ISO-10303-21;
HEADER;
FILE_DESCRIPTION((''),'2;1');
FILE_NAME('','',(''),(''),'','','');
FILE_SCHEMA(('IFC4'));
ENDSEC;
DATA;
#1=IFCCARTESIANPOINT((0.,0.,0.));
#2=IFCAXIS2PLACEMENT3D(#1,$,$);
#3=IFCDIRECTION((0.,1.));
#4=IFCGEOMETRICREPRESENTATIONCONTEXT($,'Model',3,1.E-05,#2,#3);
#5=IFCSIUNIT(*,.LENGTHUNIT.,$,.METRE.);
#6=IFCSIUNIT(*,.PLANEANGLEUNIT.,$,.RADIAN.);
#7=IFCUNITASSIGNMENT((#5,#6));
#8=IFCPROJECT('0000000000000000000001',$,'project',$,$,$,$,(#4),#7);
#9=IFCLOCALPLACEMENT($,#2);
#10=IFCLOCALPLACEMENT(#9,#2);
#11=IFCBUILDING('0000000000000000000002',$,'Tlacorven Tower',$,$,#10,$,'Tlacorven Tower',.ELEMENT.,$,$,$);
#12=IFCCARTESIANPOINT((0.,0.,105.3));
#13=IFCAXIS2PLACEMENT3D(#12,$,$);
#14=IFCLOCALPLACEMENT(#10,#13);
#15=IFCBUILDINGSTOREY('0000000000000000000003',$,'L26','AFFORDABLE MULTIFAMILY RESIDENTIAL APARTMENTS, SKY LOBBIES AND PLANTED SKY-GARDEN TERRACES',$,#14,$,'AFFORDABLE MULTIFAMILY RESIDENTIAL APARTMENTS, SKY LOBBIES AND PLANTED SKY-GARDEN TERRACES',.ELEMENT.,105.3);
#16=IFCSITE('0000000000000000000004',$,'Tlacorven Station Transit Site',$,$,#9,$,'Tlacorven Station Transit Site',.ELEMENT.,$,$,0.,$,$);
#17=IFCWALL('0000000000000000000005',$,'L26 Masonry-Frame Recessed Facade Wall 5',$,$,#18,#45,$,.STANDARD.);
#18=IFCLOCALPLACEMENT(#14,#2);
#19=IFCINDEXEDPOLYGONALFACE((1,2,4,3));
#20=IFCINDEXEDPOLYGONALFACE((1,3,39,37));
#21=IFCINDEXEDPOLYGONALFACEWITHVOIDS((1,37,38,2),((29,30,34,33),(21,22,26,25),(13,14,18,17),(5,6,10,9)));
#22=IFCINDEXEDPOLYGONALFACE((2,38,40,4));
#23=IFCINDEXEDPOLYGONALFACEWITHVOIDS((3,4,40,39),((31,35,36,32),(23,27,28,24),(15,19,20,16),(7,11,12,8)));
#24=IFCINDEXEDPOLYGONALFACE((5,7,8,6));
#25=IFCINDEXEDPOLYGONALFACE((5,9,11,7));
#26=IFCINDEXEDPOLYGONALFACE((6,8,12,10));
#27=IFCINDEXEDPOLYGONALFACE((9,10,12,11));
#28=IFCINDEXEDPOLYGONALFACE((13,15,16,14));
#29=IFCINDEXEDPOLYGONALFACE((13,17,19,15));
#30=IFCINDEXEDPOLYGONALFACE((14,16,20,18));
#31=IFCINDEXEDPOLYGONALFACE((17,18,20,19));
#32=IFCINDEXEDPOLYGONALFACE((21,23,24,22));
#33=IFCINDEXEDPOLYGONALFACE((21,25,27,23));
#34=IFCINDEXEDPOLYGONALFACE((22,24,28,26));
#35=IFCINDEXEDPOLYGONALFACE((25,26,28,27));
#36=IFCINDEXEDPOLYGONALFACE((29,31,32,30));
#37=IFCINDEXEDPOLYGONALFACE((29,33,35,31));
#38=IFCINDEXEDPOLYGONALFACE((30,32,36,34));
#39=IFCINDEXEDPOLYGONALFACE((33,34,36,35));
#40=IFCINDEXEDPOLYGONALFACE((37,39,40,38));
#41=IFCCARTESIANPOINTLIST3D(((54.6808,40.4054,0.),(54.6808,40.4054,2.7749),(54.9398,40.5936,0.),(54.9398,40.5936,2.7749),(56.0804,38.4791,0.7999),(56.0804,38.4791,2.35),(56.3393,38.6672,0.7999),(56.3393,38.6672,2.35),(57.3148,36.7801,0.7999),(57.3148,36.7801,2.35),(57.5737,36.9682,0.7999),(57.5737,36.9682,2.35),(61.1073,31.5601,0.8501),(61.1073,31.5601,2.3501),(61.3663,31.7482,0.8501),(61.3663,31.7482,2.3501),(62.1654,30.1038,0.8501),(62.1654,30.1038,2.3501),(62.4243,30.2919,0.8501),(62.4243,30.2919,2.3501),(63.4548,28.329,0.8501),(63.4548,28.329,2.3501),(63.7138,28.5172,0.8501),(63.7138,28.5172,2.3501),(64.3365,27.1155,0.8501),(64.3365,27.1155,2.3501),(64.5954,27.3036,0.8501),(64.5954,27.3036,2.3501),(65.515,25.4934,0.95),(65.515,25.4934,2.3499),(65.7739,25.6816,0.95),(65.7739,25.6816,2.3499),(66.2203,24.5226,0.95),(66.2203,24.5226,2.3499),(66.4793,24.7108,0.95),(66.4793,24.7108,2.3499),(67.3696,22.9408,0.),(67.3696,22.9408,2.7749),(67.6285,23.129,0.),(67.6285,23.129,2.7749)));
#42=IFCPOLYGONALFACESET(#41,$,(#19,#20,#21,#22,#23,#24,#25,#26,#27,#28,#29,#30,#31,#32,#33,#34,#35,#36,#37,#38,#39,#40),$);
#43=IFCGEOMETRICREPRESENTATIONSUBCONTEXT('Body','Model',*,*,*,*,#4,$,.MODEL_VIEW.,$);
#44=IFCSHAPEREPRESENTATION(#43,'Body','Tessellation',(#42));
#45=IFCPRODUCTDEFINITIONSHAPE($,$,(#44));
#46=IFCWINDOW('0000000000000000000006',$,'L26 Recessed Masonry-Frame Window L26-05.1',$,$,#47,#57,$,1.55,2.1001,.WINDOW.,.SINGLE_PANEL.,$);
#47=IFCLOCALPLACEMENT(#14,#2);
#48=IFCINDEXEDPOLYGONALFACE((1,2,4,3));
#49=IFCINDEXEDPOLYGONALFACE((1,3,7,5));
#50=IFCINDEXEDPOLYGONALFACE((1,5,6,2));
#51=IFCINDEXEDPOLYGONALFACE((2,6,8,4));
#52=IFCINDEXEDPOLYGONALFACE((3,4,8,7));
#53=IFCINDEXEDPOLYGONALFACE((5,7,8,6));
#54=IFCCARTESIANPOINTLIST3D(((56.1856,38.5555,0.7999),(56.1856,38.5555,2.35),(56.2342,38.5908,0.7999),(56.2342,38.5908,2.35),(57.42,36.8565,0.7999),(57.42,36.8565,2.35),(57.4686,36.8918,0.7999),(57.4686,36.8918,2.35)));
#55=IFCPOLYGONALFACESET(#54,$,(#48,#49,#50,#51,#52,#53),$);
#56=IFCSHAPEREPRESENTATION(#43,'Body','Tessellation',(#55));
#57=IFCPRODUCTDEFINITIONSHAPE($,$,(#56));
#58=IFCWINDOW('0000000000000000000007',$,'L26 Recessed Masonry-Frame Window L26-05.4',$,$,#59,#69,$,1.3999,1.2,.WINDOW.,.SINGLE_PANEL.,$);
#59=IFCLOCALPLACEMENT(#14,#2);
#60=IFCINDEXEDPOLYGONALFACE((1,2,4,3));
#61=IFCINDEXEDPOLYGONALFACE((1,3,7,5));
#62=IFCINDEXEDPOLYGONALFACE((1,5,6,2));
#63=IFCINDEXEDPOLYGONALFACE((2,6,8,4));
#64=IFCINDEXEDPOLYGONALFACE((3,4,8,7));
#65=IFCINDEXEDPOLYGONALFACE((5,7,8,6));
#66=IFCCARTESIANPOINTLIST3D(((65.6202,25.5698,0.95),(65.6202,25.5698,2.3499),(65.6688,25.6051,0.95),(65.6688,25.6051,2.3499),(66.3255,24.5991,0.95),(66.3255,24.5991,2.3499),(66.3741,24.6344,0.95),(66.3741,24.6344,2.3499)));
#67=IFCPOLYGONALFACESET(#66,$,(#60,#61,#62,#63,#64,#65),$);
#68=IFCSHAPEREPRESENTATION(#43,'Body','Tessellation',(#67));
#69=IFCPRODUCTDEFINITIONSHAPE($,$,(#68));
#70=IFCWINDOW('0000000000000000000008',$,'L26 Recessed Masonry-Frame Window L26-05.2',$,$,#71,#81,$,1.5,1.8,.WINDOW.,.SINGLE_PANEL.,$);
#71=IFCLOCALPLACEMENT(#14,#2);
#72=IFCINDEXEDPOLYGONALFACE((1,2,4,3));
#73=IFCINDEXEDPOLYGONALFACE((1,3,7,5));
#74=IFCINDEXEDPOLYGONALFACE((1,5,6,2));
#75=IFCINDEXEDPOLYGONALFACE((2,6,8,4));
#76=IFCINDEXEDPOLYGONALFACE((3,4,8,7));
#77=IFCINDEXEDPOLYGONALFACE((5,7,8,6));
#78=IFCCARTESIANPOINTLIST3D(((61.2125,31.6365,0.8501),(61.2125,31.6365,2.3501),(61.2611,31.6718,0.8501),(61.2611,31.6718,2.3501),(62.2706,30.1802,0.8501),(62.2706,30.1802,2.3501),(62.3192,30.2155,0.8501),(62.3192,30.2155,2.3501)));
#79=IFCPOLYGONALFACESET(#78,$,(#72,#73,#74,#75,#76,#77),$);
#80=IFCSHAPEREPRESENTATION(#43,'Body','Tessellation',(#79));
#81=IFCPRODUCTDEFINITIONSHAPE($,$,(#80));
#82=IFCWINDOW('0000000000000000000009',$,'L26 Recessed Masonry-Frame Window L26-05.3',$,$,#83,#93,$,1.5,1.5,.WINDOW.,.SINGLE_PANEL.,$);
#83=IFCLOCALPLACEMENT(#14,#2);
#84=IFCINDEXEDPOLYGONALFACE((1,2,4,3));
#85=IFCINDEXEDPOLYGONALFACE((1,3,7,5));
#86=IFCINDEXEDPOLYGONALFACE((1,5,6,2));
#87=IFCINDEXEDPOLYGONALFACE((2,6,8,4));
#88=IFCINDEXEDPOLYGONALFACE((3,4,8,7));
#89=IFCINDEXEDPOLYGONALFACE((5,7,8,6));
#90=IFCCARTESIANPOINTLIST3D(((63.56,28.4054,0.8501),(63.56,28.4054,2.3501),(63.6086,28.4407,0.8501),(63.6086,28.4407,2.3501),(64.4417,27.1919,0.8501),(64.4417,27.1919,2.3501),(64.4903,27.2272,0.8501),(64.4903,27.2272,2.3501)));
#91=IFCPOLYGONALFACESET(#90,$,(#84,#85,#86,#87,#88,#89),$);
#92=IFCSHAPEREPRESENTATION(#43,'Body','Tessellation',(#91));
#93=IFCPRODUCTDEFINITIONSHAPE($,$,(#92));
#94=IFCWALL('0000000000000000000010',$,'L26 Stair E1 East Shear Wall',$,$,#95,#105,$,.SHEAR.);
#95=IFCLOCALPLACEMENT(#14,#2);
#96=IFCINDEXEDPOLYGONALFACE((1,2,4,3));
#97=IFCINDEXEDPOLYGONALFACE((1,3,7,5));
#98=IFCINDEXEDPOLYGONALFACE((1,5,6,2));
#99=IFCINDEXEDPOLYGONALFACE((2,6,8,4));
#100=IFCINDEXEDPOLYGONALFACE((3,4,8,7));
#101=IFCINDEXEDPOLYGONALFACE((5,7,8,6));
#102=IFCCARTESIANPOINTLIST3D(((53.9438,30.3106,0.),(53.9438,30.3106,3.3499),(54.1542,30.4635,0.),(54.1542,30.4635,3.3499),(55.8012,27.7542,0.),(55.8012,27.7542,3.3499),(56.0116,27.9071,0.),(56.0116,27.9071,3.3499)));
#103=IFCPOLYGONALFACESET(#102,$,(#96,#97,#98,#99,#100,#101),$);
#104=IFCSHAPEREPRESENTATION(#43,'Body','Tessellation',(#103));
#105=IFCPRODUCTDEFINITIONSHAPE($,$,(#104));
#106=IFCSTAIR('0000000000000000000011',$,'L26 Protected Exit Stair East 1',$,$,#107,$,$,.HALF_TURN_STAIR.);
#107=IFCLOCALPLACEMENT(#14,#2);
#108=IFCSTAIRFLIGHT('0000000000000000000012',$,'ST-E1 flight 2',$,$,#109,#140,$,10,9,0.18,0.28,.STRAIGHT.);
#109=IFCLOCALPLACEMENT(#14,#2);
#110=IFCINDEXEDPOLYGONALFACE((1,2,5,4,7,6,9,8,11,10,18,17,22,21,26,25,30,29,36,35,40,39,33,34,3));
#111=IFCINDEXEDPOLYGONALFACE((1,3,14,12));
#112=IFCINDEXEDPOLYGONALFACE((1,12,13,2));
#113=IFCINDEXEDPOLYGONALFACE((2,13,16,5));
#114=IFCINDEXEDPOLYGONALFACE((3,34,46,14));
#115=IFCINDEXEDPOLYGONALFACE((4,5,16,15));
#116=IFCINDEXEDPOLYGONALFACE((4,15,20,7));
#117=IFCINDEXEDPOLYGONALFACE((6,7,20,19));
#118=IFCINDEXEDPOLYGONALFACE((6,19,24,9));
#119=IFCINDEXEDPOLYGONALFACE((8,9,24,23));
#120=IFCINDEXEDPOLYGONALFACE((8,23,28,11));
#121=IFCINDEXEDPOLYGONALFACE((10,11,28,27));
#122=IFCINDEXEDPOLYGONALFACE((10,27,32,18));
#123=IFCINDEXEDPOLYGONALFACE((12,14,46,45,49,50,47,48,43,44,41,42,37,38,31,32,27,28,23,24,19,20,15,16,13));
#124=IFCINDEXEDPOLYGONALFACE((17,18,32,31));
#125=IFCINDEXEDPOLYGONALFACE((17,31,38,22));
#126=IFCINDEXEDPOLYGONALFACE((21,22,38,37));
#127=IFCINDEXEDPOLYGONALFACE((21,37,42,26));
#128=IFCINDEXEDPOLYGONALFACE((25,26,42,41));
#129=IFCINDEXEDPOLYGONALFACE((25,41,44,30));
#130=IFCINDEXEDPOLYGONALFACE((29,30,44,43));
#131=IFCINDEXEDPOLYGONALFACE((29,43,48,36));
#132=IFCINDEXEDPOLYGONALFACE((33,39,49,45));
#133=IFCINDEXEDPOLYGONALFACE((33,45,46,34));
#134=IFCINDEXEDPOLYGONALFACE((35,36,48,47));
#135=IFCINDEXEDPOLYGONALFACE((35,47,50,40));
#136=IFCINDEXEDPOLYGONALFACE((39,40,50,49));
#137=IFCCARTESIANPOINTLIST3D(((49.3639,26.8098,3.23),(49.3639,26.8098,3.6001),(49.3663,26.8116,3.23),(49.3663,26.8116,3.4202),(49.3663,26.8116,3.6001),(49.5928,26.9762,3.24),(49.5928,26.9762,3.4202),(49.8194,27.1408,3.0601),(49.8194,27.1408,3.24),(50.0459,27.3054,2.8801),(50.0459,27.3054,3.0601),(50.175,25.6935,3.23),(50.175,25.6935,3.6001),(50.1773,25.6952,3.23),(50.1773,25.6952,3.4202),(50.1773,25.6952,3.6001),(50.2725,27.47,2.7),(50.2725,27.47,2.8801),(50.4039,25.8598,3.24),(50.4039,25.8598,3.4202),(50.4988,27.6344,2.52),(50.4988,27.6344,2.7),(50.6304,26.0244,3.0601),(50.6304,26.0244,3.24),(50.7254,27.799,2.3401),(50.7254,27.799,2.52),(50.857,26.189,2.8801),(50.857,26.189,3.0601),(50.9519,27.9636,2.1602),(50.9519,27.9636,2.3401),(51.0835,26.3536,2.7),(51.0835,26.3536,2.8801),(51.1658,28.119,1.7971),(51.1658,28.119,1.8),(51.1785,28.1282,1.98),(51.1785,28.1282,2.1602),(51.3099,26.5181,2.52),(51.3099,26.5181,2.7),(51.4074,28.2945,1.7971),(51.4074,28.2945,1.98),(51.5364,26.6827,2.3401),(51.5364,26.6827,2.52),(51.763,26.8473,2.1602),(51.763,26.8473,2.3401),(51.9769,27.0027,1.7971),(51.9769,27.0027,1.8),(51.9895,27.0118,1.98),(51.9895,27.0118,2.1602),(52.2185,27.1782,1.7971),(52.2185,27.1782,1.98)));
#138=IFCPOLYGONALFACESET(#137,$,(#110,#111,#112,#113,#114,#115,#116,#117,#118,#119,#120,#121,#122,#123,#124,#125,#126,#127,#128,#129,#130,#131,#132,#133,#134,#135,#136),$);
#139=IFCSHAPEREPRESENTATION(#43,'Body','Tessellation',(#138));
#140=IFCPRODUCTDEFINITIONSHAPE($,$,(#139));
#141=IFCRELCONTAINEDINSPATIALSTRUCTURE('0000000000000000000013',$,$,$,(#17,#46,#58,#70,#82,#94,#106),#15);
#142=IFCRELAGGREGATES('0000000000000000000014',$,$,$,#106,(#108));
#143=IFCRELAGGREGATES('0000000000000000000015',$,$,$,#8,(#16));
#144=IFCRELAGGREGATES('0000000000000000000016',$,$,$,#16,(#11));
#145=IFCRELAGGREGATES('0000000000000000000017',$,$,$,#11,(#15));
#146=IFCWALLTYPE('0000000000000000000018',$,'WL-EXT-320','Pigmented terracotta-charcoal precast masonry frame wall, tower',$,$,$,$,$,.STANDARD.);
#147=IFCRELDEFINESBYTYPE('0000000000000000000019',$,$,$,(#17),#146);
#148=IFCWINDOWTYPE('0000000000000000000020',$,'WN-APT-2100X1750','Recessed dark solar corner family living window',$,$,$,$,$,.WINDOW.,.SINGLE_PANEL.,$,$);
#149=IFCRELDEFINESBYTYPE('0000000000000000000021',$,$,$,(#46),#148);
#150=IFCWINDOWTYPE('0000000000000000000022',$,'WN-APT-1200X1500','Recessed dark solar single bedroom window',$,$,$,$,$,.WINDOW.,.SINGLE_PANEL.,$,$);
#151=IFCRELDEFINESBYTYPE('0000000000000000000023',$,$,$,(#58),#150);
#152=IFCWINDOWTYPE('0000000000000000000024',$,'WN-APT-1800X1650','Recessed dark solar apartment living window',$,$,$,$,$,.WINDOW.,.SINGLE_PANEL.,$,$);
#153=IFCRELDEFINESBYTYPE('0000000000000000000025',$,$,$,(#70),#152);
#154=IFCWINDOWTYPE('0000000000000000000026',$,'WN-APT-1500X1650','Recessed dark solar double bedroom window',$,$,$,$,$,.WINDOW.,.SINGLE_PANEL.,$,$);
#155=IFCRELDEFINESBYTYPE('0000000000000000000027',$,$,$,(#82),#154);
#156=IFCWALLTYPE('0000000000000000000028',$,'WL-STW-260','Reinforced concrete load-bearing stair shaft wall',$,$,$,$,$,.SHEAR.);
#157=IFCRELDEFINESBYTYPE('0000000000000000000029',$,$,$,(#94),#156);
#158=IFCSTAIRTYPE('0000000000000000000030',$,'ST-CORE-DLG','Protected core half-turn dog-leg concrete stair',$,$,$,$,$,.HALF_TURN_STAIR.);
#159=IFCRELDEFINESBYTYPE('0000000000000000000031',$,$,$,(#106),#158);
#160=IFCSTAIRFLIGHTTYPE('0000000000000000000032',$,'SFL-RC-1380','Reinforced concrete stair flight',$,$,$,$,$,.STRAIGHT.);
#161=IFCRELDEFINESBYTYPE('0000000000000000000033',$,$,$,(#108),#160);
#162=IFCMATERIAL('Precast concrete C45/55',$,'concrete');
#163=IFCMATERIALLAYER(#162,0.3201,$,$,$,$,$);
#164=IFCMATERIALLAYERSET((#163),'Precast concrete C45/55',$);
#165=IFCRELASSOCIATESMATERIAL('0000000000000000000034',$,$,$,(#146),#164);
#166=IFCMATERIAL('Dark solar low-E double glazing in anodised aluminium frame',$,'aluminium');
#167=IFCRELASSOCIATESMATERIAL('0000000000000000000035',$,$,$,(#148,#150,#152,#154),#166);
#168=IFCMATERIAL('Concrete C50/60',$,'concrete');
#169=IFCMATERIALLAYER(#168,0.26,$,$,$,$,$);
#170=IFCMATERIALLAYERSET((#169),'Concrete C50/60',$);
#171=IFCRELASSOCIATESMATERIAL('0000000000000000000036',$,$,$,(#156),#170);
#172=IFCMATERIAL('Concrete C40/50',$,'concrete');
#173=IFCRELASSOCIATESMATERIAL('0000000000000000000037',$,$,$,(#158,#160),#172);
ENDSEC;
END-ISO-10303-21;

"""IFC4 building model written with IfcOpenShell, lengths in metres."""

from ifc_helpers import new_model, si_unit, direction, frame, frame_2d, origin, place, context, subcontext, project, spatial, polyline, rectangle, outline, extrude, source, transform, mapped, material, layer, layer_set, type_object, element, fill, aggregate, save


model = new_model("IFC4")

# Units and contexts
model_context = context("Model", 3, precision=1e-05, world=origin(), true_north=direction((0.0, 1.0)))
body_context = subcontext(model_context, "Body", "Model", "MODEL_VIEW")
ifc_project = project(units=[si_unit("LENGTHUNIT", "METRE"), si_unit("PLANEANGLEUNIT", "RADIAN")], contexts=[model_context])

# Site, building, storey
site_placement = place(None, origin())
site = spatial("IfcSite", under=ifc_project, at=site_placement, Name="Tlacorven Station Transit Site", LongName="Tlacorven Station Transit Site", CompositionType="ELEMENT", RefElevation=0.0)
building_placement = place(site_placement, origin())
building = spatial("IfcBuilding", under=site, at=building_placement, Name="Tlacorven Tower", LongName="Tlacorven Tower", CompositionType="ELEMENT")
storey_placement = place(building_placement, frame((0.0, 0.0, 105.3)))
storey = spatial("IfcBuildingStorey", under=building, at=storey_placement, Name="L26", Description="AFFORDABLE MULTIFAMILY RESIDENTIAL APARTMENTS, SKY LOBBIES AND PLANTED SKY-GARDEN TERRACES", LongName="AFFORDABLE MULTIFAMILY RESIDENTIAL APARTMENTS, SKY LOBBIES AND PLANTED SKY-GARDEN TERRACES", CompositionType="ELEMENT", Elevation=105.3)

# Wall, openings, windows
ifc_material_1 = material(Name="Precast concrete C45/55", Category="concrete")
ifc_layer_1 = layer(ifc_material_1, 0.3201)
ifc_layer_set_1 = layer_set([ifc_layer_1], Name="Precast concrete C45/55")
wall_type_1 = type_object("IfcWallType", Name="WL-EXT-320", Description="Pigmented terracotta-charcoal precast masonry frame wall, tower", PredefinedType="STANDARD", material=ifc_layer_set_1)
wall_1_placement = place(storey_placement, frame((54.8103, 40.4995, 0.0), z_axis=(0.0, 0.0, 1.0), x_axis=(0.587784, -0.809018, 0.0)))
wall_1 = element("IfcWall", 1, at=wall_1_placement, inside=storey, type_object=wall_type_1, Name="L26 Masonry-Frame Recessed Facade Wall 5", PredefinedType="STANDARD", context=body_context, shape_type="SweptSolid", body=[
    extrude(rectangle(XDim=21.5874, YDim=0.3201, at=frame_2d((10.7937, 0.0))), origin(), (0.0, 0.0, 1.0), 2.7749),
])
opening_1_placement = place(wall_1_placement, frame((2.3811, 0.0, 0.8)))
opening_1 = element("IfcOpeningElement", 2, at=opening_1_placement, cuts=wall_1, PredefinedType="OPENING", context=body_context, shape_type="SweptSolid", body=[
    extrude(rectangle(XDim=2.1001, YDim=1.55, at=frame_2d((1.05, 0.7749))), frame((0.0, 0.1699, 0.0), z_axis=(0.0, -1.0, 0.0), x_axis=(1.0, 0.0, 0.0)), (0.0, 0.0, 1.0), 0.3401),
])
opening_2_placement = place(wall_1_placement, frame((10.9336, 0.0, 0.8501)))
opening_2 = element("IfcOpeningElement", 3, at=opening_2_placement, cuts=wall_1, PredefinedType="OPENING", context=body_context, shape_type="SweptSolid", body=[
    extrude(rectangle(XDim=1.8, YDim=1.5, at=frame_2d((0.8999, 0.75))), frame((0.0, 0.1699, 0.0), z_axis=(0.0, -1.0, 0.0), x_axis=(1.0, 0.0, 0.0)), (0.0, 0.0, 1.0), 0.3401),
])
opening_3_placement = place(wall_1_placement, frame((14.9272, 0.0, 0.8501)))
opening_3 = element("IfcOpeningElement", 4, at=opening_3_placement, cuts=wall_1, PredefinedType="OPENING", context=body_context, shape_type="SweptSolid", body=[
    extrude(rectangle(XDim=1.5, YDim=1.5, at=frame_2d((0.75, 0.75))), frame((0.0, 0.1699, 0.0), z_axis=(0.0, -1.0, 0.0), x_axis=(1.0, 0.0, 0.0)), (0.0, 0.0, 1.0), 0.3401),
])
opening_4_placement = place(wall_1_placement, frame((18.4321, 0.0, 0.95)))
opening_4 = element("IfcOpeningElement", 5, at=opening_4_placement, cuts=wall_1, PredefinedType="OPENING", context=body_context, shape_type="SweptSolid", body=[
    extrude(rectangle(XDim=1.2, YDim=1.3999, at=frame_2d((0.6001, 0.7))), frame((0.0, 0.1699, 0.0), z_axis=(0.0, -1.0, 0.0), x_axis=(1.0, 0.0, 0.0)), (0.0, 0.0, 1.0), 0.3401),
])
ifc_material_2 = material(Name="Dark solar low-E double glazing in anodised aluminium frame", Category="aluminium")
window_type_1 = type_object("IfcWindowType", Name="WN-APT-2100X1750", Description="Recessed dark solar corner family living window", PartitioningType="SINGLE_PANEL", PredefinedType="WINDOW", material=ifc_material_2)
shared_shape_1 = source(origin(), body_context, "Body", "SweptSolid", [
    extrude(rectangle(XDim=2.1001, YDim=1.55, at=frame_2d((1.05, 0.7749))), frame((0.0, 0.03, 0.0), z_axis=(0.0, -1.0, 0.0), x_axis=(1.0, 0.0, 0.0)), (0.0, 0.0, 1.0), 0.0601),
])
window_1_placement = place(opening_1_placement, origin())
window_1 = element("IfcWindow", 6, at=window_1_placement, inside=storey, type_object=window_type_1, Name="L26 Recessed Masonry-Frame Window L26-05.1", OverallHeight=1.55, OverallWidth=2.1001, PartitioningType="SINGLE_PANEL", PredefinedType="WINDOW", context=body_context, shape_type="MappedRepresentation", body=[
    mapped(shared_shape_1, transform((0.0, 0.0, 0.0), scale=1.0)),
])
fill(opening_1, window_1)
window_type_2 = type_object("IfcWindowType", Name="WN-APT-1200X1500", Description="Recessed dark solar single bedroom window", PartitioningType="SINGLE_PANEL", PredefinedType="WINDOW", material=ifc_material_2)
shared_shape_2 = source(origin(), body_context, "Body", "SweptSolid", [
    extrude(rectangle(XDim=1.2, YDim=1.3999, at=frame_2d((0.6001, 0.7))), frame((0.0, 0.03, 0.0), z_axis=(0.0, -1.0, 0.0), x_axis=(1.0, 0.0, 0.0)), (0.0, 0.0, 1.0), 0.0601),
])
window_2_placement = place(opening_4_placement, origin())
window_2 = element("IfcWindow", 7, at=window_2_placement, inside=storey, type_object=window_type_2, Name="L26 Recessed Masonry-Frame Window L26-05.4", OverallHeight=1.3999, OverallWidth=1.2, PartitioningType="SINGLE_PANEL", PredefinedType="WINDOW", context=body_context, shape_type="MappedRepresentation", body=[
    mapped(shared_shape_2, transform((0.0, 0.0, 0.0), scale=1.0)),
])
fill(opening_4, window_2)
window_type_3 = type_object("IfcWindowType", Name="WN-APT-1800X1650", Description="Recessed dark solar apartment living window", PartitioningType="SINGLE_PANEL", PredefinedType="WINDOW", material=ifc_material_2)
shared_shape_3 = source(origin(), body_context, "Body", "SweptSolid", [
    extrude(rectangle(XDim=1.8, YDim=1.5, at=frame_2d((0.8999, 0.75))), frame((0.0, 0.03, 0.0), z_axis=(0.0, -1.0, 0.0), x_axis=(1.0, 0.0, 0.0)), (0.0, 0.0, 1.0), 0.0601),
])
window_3_placement = place(opening_2_placement, origin())
window_3 = element("IfcWindow", 8, at=window_3_placement, inside=storey, type_object=window_type_3, Name="L26 Recessed Masonry-Frame Window L26-05.2", OverallHeight=1.5, OverallWidth=1.8, PartitioningType="SINGLE_PANEL", PredefinedType="WINDOW", context=body_context, shape_type="MappedRepresentation", body=[
    mapped(shared_shape_3, transform((0.0, 0.0, 0.0), scale=1.0)),
])
fill(opening_2, window_3)
window_type_4 = type_object("IfcWindowType", Name="WN-APT-1500X1650", Description="Recessed dark solar double bedroom window", PartitioningType="SINGLE_PANEL", PredefinedType="WINDOW", material=ifc_material_2)
shared_shape_4 = source(origin(), body_context, "Body", "SweptSolid", [
    extrude(rectangle(XDim=1.5, YDim=1.5, at=frame_2d((0.75, 0.75))), frame((0.0, 0.03, 0.0), z_axis=(0.0, -1.0, 0.0), x_axis=(1.0, 0.0, 0.0)), (0.0, 0.0, 1.0), 0.0601),
])
window_4_placement = place(opening_3_placement, origin())
window_4 = element("IfcWindow", 9, at=window_4_placement, inside=storey, type_object=window_type_4, Name="L26 Recessed Masonry-Frame Window L26-05.3", OverallHeight=1.5, OverallWidth=1.5, PartitioningType="SINGLE_PANEL", PredefinedType="WINDOW", context=body_context, shape_type="MappedRepresentation", body=[
    mapped(shared_shape_4, transform((0.0, 0.0, 0.0), scale=1.0)),
])
fill(opening_3, window_4)

# Wall
ifc_material_3 = material(Name="Concrete C50/60", Category="concrete")
ifc_layer_2 = layer(ifc_material_3, 0.26)
ifc_layer_set_2 = layer_set([ifc_layer_2], Name="Concrete C50/60")
wall_type_2 = type_object("IfcWallType", Name="WL-STW-260", Description="Reinforced concrete load-bearing stair shaft wall", PredefinedType="SHEAR", material=ifc_layer_set_2)
wall_2_placement = place(storey_placement, frame((55.9065, 27.8306, 0.0), z_axis=(0.0, 0.0, 1.0), x_axis=(-0.587804, 0.809003, 0.0)))
element("IfcWall", 10, at=wall_2_placement, inside=storey, type_object=wall_type_2, Name="L26 Stair E1 East Shear Wall", PredefinedType="SHEAR", context=body_context, shape_type="SweptSolid", body=[
    extrude(rectangle(XDim=3.1599, YDim=0.26, at=frame_2d((1.5801, 0.0))), origin(), (0.0, 0.0, 1.0), 3.3499),
])

# Stair, stair flight
ifc_material_4 = material(Name="Concrete C40/50", Category="concrete")
stair_type = type_object("IfcStairType", Name="ST-CORE-DLG", Description="Protected core half-turn dog-leg concrete stair", PredefinedType="HALF_TURN_STAIR", material=ifc_material_4)
stair_placement = place(storey_placement, origin())
stair = element("IfcStair", 11, at=stair_placement, inside=storey, type_object=stair_type, Name="L26 Protected Exit Stair East 1", PredefinedType="HALF_TURN_STAIR")
stair_flight_type = type_object("IfcStairFlightType", Name="SFL-RC-1380", Description="Reinforced concrete stair flight", PredefinedType="STRAIGHT", material=ifc_material_4)
shared_shape_5 = source(origin(), body_context, "Body", "SweptSolid", [
    extrude(outline(polyline([(-0.0029, -0.0029), (-0.0029, 0.1799), (0.28, 0.1799), (0.28, 0.3601), (0.5601, 0.3601), (0.5601, 0.54), (0.8401, 0.54), (0.8401, 0.72), (1.1201, 0.72), (1.1201, 0.8999), (1.3999, 0.8999), (1.3999, 1.0801), (1.6799, 1.0801), (1.6799, 1.26), (1.96, 1.26), (1.96, 1.4399), (2.24, 1.4399), (2.24, 1.6201), (2.52, 1.6201), (2.52, 1.8), (2.5229, 1.8), (2.5229, 1.4299), (2.52, 1.4299), (0.2957, 0.0), (0.2957, -0.0029), (-0.0029, -0.0029)])), frame((0.0, 0.6899, 0.0), z_axis=(0.0, -1.0, 0.0), x_axis=(1.0, 0.0, 0.0)), (0.0, 0.0, 1.0), 1.3799),
])
stair_flight_placement = place(storey_placement, frame((51.8105, 27.7346, 1.8), z_axis=(0.0, 0.0, 1.0), x_axis=(-0.809017, -0.587785, 0.0)))
stair_flight = element("IfcStairFlight", 12, at=stair_flight_placement, type_object=stair_flight_type, Name="ST-E1 flight 2", NumberOfRisers=10, NumberOfTreads=9, PredefinedType="STRAIGHT", RiserHeight=0.18, TreadLength=0.28, context=body_context, shape_type="MappedRepresentation", body=[
    mapped(shared_shape_5, transform((0.0, 0.0, 0.0), scale=1.0)),
])
aggregate(stair, [stair_flight])

save(model, "model.ifc")
